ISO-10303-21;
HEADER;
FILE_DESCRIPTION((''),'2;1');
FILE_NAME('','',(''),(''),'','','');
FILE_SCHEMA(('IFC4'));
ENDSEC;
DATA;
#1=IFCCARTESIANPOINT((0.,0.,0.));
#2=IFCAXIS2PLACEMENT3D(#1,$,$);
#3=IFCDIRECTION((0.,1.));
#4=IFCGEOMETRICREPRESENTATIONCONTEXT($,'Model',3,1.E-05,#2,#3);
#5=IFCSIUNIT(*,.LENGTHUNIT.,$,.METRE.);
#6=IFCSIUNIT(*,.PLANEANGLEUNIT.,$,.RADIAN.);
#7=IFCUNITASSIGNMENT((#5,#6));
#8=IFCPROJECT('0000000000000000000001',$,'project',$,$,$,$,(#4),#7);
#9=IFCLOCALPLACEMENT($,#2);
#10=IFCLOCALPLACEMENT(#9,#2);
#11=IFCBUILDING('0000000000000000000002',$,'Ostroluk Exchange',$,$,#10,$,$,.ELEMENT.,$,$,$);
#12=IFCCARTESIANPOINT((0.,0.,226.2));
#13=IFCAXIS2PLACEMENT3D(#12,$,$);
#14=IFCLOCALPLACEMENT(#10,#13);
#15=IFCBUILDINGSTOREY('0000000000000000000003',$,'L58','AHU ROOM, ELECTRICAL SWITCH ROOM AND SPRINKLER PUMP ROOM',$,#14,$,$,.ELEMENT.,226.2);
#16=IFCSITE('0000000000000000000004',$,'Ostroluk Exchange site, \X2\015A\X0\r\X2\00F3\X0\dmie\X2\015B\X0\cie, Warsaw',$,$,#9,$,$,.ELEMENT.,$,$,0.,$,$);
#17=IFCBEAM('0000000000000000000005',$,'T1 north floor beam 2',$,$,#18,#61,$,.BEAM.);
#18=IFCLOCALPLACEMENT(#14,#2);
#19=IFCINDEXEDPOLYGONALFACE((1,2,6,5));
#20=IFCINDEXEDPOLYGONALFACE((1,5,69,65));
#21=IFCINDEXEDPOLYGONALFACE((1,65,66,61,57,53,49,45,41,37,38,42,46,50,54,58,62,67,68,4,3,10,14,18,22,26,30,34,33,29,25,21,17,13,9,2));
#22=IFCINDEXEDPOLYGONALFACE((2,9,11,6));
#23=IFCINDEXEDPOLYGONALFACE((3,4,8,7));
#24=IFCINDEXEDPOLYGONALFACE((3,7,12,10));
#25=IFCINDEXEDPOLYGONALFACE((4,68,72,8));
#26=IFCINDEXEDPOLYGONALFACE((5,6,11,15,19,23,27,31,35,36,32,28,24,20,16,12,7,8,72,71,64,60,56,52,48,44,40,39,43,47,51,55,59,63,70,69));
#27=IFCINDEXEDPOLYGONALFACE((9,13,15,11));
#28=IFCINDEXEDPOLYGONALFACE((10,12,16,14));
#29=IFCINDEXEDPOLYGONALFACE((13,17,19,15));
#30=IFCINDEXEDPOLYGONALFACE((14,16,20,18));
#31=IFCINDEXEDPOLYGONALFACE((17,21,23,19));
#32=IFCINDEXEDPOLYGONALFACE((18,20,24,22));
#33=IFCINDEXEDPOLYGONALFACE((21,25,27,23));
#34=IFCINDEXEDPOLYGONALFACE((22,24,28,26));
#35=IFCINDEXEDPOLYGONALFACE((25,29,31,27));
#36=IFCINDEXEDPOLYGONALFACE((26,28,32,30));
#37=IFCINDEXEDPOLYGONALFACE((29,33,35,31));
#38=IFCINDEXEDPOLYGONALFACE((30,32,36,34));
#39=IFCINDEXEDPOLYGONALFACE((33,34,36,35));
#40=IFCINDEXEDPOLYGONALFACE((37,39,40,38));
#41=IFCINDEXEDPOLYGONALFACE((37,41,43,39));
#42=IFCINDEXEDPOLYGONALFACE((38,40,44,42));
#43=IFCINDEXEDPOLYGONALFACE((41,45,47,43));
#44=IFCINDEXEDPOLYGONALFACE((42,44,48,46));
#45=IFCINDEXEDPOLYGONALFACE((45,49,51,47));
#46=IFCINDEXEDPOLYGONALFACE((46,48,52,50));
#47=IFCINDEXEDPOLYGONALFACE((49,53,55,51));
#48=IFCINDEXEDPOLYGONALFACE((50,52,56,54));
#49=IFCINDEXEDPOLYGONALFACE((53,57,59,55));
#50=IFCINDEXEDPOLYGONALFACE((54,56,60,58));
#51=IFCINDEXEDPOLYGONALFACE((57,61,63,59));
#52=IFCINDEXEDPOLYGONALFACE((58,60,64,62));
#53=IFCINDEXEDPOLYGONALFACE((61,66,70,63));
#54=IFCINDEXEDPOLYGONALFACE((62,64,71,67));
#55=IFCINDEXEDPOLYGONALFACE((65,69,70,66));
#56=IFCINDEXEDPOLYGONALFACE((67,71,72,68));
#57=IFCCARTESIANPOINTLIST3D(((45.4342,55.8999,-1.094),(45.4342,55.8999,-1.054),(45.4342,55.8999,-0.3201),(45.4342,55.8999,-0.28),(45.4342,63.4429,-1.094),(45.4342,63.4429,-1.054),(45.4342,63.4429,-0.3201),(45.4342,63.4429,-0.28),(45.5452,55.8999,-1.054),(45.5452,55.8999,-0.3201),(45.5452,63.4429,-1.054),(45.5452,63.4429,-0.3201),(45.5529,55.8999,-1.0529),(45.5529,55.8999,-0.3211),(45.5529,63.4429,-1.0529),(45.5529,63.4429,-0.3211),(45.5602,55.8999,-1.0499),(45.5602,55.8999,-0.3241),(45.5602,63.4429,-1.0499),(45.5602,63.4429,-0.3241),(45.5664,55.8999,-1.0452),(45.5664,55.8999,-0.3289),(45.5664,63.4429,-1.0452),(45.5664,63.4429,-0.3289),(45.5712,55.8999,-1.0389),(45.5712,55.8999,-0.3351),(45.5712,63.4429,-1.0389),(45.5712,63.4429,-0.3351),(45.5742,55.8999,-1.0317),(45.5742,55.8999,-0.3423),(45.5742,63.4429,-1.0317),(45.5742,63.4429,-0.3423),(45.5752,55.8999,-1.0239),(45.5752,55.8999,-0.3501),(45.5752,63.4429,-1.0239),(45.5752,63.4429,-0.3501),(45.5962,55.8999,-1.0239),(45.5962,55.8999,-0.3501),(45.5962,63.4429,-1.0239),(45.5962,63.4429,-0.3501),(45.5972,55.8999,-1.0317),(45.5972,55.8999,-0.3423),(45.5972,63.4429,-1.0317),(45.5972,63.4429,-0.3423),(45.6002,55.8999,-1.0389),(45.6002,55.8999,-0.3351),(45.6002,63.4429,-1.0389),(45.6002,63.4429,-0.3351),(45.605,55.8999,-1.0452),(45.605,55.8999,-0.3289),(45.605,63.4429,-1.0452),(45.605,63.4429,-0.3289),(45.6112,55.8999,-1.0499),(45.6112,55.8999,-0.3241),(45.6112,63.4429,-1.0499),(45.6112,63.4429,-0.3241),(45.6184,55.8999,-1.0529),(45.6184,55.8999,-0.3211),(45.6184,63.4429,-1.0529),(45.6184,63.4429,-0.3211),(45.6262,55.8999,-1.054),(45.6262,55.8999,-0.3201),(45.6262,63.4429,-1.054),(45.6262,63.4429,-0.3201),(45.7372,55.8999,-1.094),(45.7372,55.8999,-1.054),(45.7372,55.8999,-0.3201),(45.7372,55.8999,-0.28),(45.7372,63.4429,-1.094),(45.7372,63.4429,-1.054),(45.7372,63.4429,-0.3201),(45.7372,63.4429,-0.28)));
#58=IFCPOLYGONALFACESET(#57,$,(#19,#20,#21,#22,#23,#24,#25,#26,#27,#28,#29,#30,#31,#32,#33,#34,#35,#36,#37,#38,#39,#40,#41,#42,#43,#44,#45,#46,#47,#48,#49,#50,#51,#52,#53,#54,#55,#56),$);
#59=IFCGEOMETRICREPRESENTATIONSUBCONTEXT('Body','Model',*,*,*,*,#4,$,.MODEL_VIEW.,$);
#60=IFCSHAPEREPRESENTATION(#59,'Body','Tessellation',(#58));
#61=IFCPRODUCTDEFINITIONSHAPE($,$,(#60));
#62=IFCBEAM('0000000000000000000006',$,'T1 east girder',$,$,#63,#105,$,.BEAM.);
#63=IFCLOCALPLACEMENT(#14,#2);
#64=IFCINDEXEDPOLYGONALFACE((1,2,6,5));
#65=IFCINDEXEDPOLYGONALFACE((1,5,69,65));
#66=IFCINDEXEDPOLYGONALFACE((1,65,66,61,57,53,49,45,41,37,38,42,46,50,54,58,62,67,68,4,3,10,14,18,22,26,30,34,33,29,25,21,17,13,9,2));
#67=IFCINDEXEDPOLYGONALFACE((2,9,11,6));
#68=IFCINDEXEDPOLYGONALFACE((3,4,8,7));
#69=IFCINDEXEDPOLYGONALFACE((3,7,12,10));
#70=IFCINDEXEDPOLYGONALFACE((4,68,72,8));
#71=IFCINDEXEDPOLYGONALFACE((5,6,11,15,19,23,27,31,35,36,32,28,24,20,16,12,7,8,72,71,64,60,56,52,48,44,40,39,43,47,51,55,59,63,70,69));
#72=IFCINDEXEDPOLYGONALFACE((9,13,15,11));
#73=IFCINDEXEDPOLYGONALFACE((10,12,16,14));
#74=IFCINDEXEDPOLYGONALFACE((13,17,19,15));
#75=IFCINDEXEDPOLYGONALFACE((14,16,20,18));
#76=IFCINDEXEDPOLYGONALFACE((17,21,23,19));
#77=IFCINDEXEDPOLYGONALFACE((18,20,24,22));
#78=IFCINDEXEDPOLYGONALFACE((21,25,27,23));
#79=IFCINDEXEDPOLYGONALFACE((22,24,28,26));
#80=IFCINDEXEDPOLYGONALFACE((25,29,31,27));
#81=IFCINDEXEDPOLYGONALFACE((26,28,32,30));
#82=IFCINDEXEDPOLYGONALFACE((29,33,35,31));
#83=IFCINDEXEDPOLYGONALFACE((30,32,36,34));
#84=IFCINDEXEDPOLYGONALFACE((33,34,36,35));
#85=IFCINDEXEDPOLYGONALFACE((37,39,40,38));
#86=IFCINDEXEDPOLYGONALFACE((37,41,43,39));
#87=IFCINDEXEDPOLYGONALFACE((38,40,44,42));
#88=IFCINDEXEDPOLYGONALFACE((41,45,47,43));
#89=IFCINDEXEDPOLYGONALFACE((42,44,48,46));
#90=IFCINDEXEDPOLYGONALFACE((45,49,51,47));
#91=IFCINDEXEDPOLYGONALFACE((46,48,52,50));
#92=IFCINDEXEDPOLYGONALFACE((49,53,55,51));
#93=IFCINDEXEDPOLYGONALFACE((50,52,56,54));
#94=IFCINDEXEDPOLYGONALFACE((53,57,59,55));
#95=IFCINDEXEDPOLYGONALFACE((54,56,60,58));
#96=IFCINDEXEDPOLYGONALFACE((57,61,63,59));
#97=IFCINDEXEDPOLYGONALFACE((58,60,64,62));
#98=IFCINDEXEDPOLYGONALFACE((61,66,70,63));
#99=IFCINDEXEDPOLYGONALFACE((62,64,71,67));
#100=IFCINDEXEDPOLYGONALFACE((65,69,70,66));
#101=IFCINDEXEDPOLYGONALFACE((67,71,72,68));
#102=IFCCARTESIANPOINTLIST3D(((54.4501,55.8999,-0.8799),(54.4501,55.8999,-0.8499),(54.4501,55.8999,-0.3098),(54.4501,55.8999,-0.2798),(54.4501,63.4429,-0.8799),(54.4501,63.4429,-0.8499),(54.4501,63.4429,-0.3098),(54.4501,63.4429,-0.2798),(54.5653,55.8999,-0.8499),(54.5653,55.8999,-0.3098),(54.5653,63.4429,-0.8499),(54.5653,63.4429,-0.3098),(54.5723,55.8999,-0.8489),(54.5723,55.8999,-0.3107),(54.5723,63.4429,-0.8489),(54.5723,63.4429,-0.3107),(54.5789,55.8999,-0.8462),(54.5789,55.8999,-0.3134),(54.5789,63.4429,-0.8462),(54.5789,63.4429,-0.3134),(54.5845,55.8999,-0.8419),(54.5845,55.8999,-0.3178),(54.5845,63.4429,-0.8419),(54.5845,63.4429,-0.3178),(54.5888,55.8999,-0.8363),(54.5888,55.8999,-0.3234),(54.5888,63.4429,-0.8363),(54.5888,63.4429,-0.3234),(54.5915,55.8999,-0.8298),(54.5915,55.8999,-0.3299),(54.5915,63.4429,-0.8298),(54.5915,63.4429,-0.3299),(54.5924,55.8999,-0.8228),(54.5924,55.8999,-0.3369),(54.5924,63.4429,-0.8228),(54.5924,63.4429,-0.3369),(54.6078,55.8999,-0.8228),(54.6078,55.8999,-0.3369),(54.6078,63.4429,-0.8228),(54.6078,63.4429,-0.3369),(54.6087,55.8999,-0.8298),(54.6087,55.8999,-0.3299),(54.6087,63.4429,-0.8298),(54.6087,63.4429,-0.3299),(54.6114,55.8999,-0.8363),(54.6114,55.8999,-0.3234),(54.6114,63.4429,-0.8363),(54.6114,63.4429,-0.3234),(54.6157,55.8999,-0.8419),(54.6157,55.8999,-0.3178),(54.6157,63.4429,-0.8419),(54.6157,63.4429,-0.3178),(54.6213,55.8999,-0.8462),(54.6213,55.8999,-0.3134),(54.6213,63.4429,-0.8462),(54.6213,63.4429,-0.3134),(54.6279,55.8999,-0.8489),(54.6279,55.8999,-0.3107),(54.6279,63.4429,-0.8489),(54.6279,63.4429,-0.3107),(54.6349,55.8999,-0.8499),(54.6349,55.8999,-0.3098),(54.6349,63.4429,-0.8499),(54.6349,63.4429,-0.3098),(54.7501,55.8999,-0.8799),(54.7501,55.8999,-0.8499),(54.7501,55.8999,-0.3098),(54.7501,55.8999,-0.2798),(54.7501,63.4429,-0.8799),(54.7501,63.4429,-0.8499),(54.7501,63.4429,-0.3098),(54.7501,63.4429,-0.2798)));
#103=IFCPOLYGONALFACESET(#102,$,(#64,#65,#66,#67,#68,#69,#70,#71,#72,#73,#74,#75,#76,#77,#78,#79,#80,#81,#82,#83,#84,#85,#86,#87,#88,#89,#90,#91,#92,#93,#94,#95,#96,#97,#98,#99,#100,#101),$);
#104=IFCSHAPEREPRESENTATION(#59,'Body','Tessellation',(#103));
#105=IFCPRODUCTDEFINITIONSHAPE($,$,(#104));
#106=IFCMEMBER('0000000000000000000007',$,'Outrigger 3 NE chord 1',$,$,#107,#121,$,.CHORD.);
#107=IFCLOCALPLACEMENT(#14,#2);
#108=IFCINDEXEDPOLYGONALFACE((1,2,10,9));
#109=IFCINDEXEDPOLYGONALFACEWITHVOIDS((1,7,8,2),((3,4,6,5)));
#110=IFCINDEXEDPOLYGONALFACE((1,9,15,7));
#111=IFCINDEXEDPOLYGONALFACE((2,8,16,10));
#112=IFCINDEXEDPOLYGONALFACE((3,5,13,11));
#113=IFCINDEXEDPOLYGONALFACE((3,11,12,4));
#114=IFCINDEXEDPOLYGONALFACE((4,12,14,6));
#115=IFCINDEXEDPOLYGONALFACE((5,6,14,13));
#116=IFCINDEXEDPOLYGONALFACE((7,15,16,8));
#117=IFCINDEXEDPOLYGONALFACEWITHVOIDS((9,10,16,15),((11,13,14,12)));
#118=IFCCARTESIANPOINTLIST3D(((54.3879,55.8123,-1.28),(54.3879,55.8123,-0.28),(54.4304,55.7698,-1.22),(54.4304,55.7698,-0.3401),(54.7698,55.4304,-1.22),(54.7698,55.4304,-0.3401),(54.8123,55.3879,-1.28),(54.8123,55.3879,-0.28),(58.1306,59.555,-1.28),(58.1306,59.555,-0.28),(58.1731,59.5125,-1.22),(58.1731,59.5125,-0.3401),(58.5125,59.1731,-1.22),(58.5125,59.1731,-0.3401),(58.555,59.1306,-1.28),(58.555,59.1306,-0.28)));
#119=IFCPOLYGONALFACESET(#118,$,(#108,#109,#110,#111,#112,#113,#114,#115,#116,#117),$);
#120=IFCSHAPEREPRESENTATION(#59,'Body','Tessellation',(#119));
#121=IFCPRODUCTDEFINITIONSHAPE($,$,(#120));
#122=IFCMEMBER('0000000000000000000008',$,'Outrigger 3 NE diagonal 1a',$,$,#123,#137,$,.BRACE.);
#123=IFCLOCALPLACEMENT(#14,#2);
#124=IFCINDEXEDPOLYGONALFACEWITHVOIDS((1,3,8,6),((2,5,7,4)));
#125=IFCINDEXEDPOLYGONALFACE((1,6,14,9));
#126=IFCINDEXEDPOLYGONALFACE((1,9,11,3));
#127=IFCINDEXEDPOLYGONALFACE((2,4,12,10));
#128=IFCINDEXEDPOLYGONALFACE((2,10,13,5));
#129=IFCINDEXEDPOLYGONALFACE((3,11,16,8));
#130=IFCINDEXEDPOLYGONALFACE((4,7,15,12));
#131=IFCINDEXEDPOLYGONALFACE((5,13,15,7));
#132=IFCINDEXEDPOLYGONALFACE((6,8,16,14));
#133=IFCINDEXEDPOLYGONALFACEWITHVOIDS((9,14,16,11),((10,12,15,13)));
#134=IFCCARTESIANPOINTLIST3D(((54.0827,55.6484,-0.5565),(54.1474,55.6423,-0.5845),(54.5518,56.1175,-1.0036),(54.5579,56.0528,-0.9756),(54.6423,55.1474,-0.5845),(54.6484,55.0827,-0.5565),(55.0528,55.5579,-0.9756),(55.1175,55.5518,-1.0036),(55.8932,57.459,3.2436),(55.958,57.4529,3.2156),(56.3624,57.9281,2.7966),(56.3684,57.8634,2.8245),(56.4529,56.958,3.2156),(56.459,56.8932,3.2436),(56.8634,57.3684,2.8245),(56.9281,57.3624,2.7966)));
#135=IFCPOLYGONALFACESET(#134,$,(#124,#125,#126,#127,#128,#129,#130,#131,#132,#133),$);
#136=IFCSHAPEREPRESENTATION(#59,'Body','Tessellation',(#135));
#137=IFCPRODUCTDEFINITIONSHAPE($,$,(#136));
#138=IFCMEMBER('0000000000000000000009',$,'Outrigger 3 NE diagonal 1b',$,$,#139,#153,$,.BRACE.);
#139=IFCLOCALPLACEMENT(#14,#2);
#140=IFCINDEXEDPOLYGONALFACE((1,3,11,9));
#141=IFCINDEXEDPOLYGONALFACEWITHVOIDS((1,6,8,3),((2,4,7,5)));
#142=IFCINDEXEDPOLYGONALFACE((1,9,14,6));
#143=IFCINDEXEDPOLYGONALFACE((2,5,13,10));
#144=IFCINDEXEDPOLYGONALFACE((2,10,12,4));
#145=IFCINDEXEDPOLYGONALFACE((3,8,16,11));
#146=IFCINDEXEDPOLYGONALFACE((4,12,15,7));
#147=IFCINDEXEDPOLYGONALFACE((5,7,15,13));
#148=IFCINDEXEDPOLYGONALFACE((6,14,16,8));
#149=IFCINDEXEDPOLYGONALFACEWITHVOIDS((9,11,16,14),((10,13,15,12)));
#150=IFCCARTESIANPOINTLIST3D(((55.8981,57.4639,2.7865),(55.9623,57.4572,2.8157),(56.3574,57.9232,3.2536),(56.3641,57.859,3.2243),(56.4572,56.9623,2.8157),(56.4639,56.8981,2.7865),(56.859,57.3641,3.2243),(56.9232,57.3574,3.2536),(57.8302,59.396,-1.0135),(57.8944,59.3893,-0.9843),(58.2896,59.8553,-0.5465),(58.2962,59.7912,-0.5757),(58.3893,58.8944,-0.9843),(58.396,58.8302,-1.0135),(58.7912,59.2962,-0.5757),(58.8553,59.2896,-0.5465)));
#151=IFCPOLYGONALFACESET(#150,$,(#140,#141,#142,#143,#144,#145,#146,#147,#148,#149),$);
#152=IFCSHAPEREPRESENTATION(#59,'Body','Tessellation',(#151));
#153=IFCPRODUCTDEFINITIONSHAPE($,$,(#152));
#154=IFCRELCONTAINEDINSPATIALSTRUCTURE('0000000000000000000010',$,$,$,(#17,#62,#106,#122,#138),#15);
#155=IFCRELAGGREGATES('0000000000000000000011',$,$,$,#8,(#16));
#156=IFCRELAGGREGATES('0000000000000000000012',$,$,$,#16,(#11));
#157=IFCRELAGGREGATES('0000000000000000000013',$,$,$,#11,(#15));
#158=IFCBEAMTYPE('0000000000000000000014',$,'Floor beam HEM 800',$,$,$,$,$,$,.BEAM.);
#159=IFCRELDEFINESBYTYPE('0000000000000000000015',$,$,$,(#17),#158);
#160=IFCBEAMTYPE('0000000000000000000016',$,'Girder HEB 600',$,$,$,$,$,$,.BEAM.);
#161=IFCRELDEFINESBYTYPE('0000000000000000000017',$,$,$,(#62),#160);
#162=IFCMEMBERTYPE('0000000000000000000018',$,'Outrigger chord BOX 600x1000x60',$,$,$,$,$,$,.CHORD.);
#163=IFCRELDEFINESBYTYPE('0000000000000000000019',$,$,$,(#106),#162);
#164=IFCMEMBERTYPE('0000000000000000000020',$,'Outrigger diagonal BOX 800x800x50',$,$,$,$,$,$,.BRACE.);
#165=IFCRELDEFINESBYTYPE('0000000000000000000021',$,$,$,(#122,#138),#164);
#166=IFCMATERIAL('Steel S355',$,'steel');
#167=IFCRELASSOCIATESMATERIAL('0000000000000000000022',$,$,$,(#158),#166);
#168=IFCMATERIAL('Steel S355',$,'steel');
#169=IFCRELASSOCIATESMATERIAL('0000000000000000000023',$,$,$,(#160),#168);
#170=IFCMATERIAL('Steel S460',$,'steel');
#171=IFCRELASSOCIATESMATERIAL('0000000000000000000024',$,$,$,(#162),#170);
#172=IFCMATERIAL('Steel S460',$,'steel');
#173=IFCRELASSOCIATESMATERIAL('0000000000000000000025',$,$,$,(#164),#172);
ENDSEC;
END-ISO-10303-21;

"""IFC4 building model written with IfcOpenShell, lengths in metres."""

from ifc_helpers import new_model, si_unit, direction, frame, origin, origin_2d, place, context, subcontext, project, spatial, hollow_rectangle, i_section, extrude, material, material_profile, profile_set, type_object, element, save


model = new_model("IFC4")

# Units and contexts
model_context = context("Model", 3, precision=1e-05, world=origin(), true_north=direction((0.0, 1.0)))
body_context = subcontext(model_context, "Body", "Model", "MODEL_VIEW")
ifc_project = project(units=[si_unit("LENGTHUNIT", "METRE"), si_unit("PLANEANGLEUNIT", "RADIAN")], contexts=[model_context])

# Site, building, storey
site_placement = place(None, origin())
site = spatial("IfcSite", under=ifc_project, at=site_placement, Name="Ostroluk Exchange site, Śródmieście, Warsaw", CompositionType="ELEMENT", RefElevation=0.0)
building_placement = place(site_placement, origin())
building = spatial("IfcBuilding", under=site, at=building_placement, Name="Ostroluk Exchange", CompositionType="ELEMENT")
storey_placement = place(building_placement, frame((0.0, 0.0, 226.2)))
storey = spatial("IfcBuildingStorey", under=building, at=storey_placement, Name="L58", Description="AHU ROOM, ELECTRICAL SWITCH ROOM AND SPRINKLER PUMP ROOM", CompositionType="ELEMENT", Elevation=226.2)

# Beams
ifc_material_1 = material(Name="Steel S355", Category="steel")
ifc_material_profile_1 = material_profile(ifc_material_1, i_section(OverallWidth=0.303, OverallDepth=0.814, WebThickness=0.021, FlangeThickness=0.04, FilletRadius=0.03, at=origin_2d()), Name="HEM 800")
ifc_profile_set_1 = profile_set([ifc_material_profile_1], Name="Steel S355")
beam_type_1 = type_object("IfcBeamType", Name="Floor beam HEM 800", PredefinedType="BEAM", material=ifc_profile_set_1)
for number, where, z_axis, x_axis, name in (
    (1, (45.5857, 55.8999, -0.687), (0.0, 1.0, 0.0), (-1.0, 0.0, 0.0), "T1 north floor beam 2"),
):
    element("IfcBeam", number, at=place(storey_placement, frame(where, z_axis=z_axis, x_axis=x_axis)), inside=storey, type_object=beam_type_1, Name=name, PredefinedType="BEAM", context=body_context, shape_type="SweptSolid", body=[
        extrude(i_section(OverallWidth=0.303, OverallDepth=0.814, WebThickness=0.021, FlangeThickness=0.04, FilletRadius=0.03, at=origin_2d()), origin(), (0.0, 0.0, 1.0), 7.543),
    ])
ifc_material_2 = material(Name="Steel S355", Category="steel")
ifc_material_profile_2 = material_profile(ifc_material_2, i_section(OverallWidth=0.3, OverallDepth=0.6001, WebThickness=0.0154, FlangeThickness=0.03, FilletRadius=0.0271, at=origin_2d()), Name="HEB 600")
ifc_profile_set_2 = profile_set([ifc_material_profile_2], Name="Steel S355")
beam_type_2 = type_object("IfcBeamType", Name="Girder HEB 600", PredefinedType="BEAM", material=ifc_profile_set_2)
beam_placement = place(storey_placement, frame((54.6001, 55.8999, -0.5798), z_axis=(0.0, 1.0, 0.0), x_axis=(-1.0, 0.0, 0.0)))
element("IfcBeam", 2, at=beam_placement, inside=storey, type_object=beam_type_2, Name="T1 east girder", PredefinedType="BEAM", context=body_context, shape_type="SweptSolid", body=[
    extrude(i_section(OverallWidth=0.3, OverallDepth=0.6001, WebThickness=0.0154, FlangeThickness=0.03, FilletRadius=0.0271, at=origin_2d()), origin(), (0.0, 0.0, 1.0), 7.543),
])

# Members
ifc_material_3 = material(Name="Steel S460", Category="steel")
ifc_material_profile_3 = material_profile(ifc_material_3, hollow_rectangle(XDim=0.6001, YDim=1.0, WallThickness=0.0601, at=origin_2d()), Name="BOX 600x1000x60")
ifc_profile_set_3 = profile_set([ifc_material_profile_3], Name="Steel S460")
member_type_1 = type_object("IfcMemberType", Name="Outrigger chord BOX 600x1000x60", PredefinedType="CHORD", material=ifc_profile_set_3)
member_1_placement = place(storey_placement, frame((54.6001, 55.6001, -0.78), z_axis=(0.707107, 0.707107, 0.0), x_axis=(-0.707107, 0.707107, 0.0)))
element("IfcMember", 3, at=member_1_placement, inside=storey, type_object=member_type_1, Name="Outrigger 3 NE chord 1", PredefinedType="CHORD", context=body_context, shape_type="SweptSolid", body=[
    extrude(hollow_rectangle(XDim=0.6001, YDim=1.0, WallThickness=0.0601, at=origin_2d()), origin(), (0.0, 0.0, 1.0), 5.293),
])
ifc_material_4 = material(Name="Steel S460", Category="steel")
ifc_material_profile_4 = material_profile(ifc_material_4, hollow_rectangle(XDim=0.8, YDim=0.8, WallThickness=0.05, at=origin_2d()), Name="BOX 800x800x50")
ifc_profile_set_4 = profile_set([ifc_material_profile_4], Name="Steel S460")
member_type_2 = type_object("IfcMemberType", Name="Outrigger diagonal BOX 800x800x50", PredefinedType="BRACE", material=ifc_profile_set_4)
member_2_placement = place(storey_placement, frame((54.6001, 55.6001, -0.78), z_axis=(0.395126, 0.395126, 0.829307), x_axis=(-0.707107, 0.707107, 0.0)))
element("IfcMember", 4, at=member_2_placement, inside=storey, type_object=member_type_2, Name="Outrigger 3 NE diagonal 1a", PredefinedType="BRACE", context=body_context, shape_type="SweptSolid", body=[
    extrude(hollow_rectangle(XDim=0.8, YDim=0.8, WallThickness=0.05, at=origin_2d()), origin(), (0.0, 0.0, 1.0), 4.5823),
])
member_3_placement = place(storey_placement, frame((56.4106, 57.4106, 3.02), z_axis=(0.412808, 0.412808, -0.811898), x_axis=(-0.707107, 0.707107, 0.0)))
element("IfcMember", 5, at=member_3_placement, inside=storey, type_object=member_type_2, Name="Outrigger 3 NE diagonal 1b", PredefinedType="BRACE", context=body_context, shape_type="SweptSolid", body=[
    extrude(hollow_rectangle(XDim=0.8, YDim=0.8, WallThickness=0.05, at=origin_2d()), origin(), (0.0, 0.0, 1.0), 4.6804),
])

save(model, "model.ifc")
